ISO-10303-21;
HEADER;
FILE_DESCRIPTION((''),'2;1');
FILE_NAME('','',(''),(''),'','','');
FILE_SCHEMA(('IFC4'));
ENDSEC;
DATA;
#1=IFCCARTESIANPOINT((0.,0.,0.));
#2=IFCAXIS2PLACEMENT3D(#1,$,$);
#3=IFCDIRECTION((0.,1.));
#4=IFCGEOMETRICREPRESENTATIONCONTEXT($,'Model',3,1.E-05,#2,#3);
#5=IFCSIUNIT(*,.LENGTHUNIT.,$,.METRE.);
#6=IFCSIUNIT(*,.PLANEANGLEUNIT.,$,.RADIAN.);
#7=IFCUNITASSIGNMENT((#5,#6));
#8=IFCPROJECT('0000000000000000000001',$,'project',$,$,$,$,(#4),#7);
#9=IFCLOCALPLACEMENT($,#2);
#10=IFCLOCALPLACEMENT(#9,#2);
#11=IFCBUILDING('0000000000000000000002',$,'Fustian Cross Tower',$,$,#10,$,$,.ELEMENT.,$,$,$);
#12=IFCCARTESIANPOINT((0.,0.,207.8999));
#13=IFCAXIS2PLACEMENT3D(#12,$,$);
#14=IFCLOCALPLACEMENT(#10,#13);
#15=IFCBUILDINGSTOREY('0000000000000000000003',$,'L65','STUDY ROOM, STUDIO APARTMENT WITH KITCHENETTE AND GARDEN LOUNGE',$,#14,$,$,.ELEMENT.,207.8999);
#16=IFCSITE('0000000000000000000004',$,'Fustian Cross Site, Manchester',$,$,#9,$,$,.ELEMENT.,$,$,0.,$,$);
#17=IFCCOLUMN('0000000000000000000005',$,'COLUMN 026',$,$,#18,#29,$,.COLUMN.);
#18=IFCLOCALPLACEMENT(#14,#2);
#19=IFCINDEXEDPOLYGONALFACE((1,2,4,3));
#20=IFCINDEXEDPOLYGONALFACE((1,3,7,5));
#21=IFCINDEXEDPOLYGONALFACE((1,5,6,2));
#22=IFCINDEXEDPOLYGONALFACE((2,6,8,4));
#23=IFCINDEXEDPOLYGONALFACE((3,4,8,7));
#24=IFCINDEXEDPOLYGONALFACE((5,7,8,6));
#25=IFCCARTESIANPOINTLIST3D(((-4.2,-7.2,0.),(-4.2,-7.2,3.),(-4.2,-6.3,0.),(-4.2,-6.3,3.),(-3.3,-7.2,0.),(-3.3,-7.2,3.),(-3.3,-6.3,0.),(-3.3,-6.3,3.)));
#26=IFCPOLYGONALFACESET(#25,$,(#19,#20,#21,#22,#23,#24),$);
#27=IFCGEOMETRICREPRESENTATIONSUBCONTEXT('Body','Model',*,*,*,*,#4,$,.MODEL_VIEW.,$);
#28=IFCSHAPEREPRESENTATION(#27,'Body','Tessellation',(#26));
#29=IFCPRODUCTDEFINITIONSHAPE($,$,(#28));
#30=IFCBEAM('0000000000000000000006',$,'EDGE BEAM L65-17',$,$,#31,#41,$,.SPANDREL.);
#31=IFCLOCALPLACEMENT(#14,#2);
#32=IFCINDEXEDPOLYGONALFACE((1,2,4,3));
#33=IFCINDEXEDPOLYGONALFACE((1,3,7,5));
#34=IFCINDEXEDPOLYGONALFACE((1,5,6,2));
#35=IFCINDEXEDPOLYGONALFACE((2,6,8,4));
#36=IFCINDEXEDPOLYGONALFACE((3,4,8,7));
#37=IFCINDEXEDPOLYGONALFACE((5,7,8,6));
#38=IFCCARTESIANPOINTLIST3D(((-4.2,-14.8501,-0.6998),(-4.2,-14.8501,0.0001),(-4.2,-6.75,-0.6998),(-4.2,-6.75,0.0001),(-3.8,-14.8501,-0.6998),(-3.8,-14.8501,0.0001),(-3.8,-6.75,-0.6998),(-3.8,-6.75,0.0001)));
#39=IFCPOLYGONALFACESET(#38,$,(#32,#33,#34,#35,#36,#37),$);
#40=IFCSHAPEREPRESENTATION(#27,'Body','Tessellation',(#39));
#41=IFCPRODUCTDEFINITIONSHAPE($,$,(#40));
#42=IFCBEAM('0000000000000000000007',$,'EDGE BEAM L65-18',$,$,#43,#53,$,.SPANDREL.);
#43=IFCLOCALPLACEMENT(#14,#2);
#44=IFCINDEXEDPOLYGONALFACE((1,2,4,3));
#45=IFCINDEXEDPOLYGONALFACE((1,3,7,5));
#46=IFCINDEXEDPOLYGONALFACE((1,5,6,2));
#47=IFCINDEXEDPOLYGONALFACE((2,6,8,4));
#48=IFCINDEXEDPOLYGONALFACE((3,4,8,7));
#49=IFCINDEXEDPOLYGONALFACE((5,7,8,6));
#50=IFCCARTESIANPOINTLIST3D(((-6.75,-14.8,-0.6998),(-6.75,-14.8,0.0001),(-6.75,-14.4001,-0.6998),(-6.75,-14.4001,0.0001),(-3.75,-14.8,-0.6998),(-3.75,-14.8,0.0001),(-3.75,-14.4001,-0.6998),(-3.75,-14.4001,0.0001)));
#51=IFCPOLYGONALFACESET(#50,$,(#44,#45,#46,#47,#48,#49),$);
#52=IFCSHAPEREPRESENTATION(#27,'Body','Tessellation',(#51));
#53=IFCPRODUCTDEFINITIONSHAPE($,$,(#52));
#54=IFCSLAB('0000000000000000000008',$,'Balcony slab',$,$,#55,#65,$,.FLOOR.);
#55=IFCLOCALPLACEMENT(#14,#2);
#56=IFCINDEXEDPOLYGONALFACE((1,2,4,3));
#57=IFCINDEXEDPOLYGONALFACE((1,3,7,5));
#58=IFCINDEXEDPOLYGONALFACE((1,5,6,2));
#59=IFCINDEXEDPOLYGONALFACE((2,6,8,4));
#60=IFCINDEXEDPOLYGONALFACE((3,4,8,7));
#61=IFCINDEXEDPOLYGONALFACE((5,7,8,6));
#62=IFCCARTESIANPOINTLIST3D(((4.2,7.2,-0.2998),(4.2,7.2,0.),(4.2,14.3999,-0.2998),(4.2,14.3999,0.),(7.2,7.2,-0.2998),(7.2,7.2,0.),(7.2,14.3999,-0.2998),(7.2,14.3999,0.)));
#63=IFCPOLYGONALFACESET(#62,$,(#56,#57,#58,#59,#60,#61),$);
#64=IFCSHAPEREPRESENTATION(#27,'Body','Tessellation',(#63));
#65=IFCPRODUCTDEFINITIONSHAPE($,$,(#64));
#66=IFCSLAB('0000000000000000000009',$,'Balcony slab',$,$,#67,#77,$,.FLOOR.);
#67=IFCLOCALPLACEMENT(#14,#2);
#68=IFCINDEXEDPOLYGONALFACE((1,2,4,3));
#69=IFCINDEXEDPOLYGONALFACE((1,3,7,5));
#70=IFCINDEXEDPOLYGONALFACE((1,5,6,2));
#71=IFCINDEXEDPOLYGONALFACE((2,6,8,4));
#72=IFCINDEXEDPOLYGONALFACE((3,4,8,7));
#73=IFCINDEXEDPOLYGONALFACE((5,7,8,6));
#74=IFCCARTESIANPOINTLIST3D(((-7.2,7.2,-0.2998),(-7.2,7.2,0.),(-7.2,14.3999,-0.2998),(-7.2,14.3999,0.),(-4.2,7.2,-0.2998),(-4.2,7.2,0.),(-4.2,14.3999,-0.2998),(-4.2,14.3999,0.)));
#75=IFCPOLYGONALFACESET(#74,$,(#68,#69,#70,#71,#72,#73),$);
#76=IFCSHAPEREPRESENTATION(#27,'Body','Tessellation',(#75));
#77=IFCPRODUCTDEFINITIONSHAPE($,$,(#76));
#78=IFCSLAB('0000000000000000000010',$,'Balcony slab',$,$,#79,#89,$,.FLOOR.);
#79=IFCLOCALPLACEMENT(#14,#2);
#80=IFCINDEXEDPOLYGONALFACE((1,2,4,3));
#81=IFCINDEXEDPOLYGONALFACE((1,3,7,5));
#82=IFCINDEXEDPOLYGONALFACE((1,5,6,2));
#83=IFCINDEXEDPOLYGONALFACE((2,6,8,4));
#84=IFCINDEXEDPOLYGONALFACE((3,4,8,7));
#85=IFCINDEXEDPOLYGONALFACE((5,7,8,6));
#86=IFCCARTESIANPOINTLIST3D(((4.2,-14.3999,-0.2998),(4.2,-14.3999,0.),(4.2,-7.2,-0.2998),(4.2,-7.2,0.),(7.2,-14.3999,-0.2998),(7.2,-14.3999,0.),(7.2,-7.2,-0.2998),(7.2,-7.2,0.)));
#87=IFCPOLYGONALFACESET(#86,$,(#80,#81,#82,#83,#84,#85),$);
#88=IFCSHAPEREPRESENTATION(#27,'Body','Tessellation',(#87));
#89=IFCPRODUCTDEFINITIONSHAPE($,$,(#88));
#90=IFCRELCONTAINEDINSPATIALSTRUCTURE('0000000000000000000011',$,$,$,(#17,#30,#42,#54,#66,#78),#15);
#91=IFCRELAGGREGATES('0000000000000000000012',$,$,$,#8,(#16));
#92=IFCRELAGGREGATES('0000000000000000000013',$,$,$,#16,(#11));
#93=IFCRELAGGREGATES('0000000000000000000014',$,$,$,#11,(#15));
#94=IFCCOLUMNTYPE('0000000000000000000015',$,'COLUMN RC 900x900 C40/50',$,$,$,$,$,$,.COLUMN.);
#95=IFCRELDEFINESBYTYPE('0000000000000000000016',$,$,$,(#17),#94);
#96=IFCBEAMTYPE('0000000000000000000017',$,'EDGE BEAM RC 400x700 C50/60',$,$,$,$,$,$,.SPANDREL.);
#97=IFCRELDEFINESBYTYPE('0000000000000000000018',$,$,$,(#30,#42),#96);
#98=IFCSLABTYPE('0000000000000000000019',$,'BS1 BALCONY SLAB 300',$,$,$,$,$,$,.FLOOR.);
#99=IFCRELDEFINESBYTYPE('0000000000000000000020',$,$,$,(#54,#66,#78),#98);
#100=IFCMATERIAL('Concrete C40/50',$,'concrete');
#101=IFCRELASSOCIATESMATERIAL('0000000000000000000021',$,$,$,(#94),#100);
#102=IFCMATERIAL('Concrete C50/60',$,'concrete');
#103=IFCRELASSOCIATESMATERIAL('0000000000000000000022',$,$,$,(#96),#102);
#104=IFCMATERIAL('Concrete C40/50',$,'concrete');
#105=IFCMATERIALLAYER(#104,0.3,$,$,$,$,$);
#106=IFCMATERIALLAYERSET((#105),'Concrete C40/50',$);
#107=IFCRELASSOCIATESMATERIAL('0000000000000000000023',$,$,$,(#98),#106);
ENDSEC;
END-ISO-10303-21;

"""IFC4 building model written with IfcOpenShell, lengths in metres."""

from ifc_helpers import new_model, si_unit, direction, frame, origin, origin_2d, place, context, subcontext, project, spatial, polyline, rectangle, outline, extrude, material, layer, layer_set, material_profile, profile_set, type_object, element, save


model = new_model("IFC4")

# Units and contexts
model_context = context("Model", 3, precision=1e-05, world=origin(), true_north=direction((0.0, 1.0)))
body_context = subcontext(model_context, "Body", "Model", "MODEL_VIEW")
ifc_project = project(units=[si_unit("LENGTHUNIT", "METRE"), si_unit("PLANEANGLEUNIT", "RADIAN")], contexts=[model_context])

# Site, building, storey
site_placement = place(None, origin())
site = spatial("IfcSite", under=ifc_project, at=site_placement, Name="Fustian Cross Site, Manchester", CompositionType="ELEMENT", RefElevation=0.0)
building_placement = place(site_placement, origin())
building = spatial("IfcBuilding", under=site, at=building_placement, Name="Fustian Cross Tower", CompositionType="ELEMENT")
storey_placement = place(building_placement, frame((0.0, 0.0, 207.8999)))
storey = spatial("IfcBuildingStorey", under=building, at=storey_placement, Name="L65", Description="STUDY ROOM, STUDIO APARTMENT WITH KITCHENETTE AND GARDEN LOUNGE", CompositionType="ELEMENT", Elevation=207.8999)

# Column
ifc_material_1 = material(Name="Concrete C40/50", Category="concrete")
ifc_material_profile_1 = material_profile(ifc_material_1, rectangle(XDim=0.8999, YDim=0.8999, at=origin_2d()), Name="RC 900x900")
ifc_profile_set_1 = profile_set([ifc_material_profile_1], Name="Concrete C40/50")
column_type = type_object("IfcColumnType", Name="COLUMN RC 900x900 C40/50", PredefinedType="COLUMN", material=ifc_profile_set_1)
column_placement = place(storey_placement, frame((-3.75, -6.75, 0.0), z_axis=(0.0, 0.0, 1.0), x_axis=(1.0, 0.0, 0.0)))
element("IfcColumn", 1, at=column_placement, inside=storey, type_object=column_type, Name="COLUMN 026", PredefinedType="COLUMN", context=body_context, shape_type="SweptSolid", body=[
    extrude(rectangle(XDim=0.8999, YDim=0.8999, at=origin_2d()), origin(), (0.0, 0.0, 1.0), 3.0),
])

# Beams
ifc_material_2 = material(Name="Concrete C50/60", Category="concrete")
ifc_material_profile_2 = material_profile(ifc_material_2, rectangle(XDim=0.3999, YDim=0.7, at=origin_2d()), Name="RC 400x700")
ifc_profile_set_2 = profile_set([ifc_material_profile_2], Name="Concrete C50/60")
beam_type = type_object("IfcBeamType", Name="EDGE BEAM RC 400x700 C50/60", PredefinedType="SPANDREL", material=ifc_profile_set_2)
beam_1_placement = place(storey_placement, frame((-4.0, -6.75, -0.3499), z_axis=(0.0, -1.0, 0.0), x_axis=(1.0, 0.0, 0.0)))
element("IfcBeam", 2, at=beam_1_placement, inside=storey, type_object=beam_type, Name="EDGE BEAM L65-17", PredefinedType="SPANDREL", context=body_context, shape_type="SweptSolid", body=[
    extrude(rectangle(XDim=0.3999, YDim=0.7, at=origin_2d()), origin(), (0.0, 0.0, 1.0), 8.1001),
])
beam_2_placement = place(storey_placement, frame((-3.75, -14.6001, -0.3499), z_axis=(-1.0, 0.0, 0.0), x_axis=(0.0, -1.0, 0.0)))
element("IfcBeam", 3, at=beam_2_placement, inside=storey, type_object=beam_type, Name="EDGE BEAM L65-18", PredefinedType="SPANDREL", context=body_context, shape_type="SweptSolid", body=[
    extrude(rectangle(XDim=0.3999, YDim=0.7, at=origin_2d()), origin(), (0.0, 0.0, 1.0), 3.0),
])

# Slabs
ifc_material_3 = material(Name="Concrete C40/50", Category="concrete")
ifc_layer_1 = layer(ifc_material_3, 0.3)
ifc_layer_set_1 = layer_set([ifc_layer_1], Name="Concrete C40/50")
slab_type_1 = type_object("IfcSlabType", Name="BS1 BALCONY SLAB 300", PredefinedType="FLOOR", material=ifc_layer_set_1)
slab_1_placement = place(storey_placement, frame((0.0, 0.0, -0.2998)))
element("IfcSlab", 4, at=slab_1_placement, inside=storey, type_object=slab_type_1, Name="Balcony slab", PredefinedType="FLOOR", context=body_context, shape_type="SweptSolid", body=[
    extrude(outline(polyline([(4.2, 7.2), (7.2, 7.2), (7.2, 14.3999), (4.2, 14.3999), (4.2, 7.2)])), origin(), (0.0, 0.0, 1.0), 0.2998),
])
slab_2_placement = place(storey_placement, frame((0.0, 0.0, -0.2998)))
element("IfcSlab", 5, at=slab_2_placement, inside=storey, type_object=slab_type_1, Name="Balcony slab", PredefinedType="FLOOR", context=body_context, shape_type="SweptSolid", body=[
    extrude(outline(polyline([(-7.2, 7.2), (-4.2, 7.2), (-4.2, 14.3999), (-7.2, 14.3999), (-7.2, 7.2)])), origin(), (0.0, 0.0, 1.0), 0.2998),
])
slab_3_placement = place(storey_placement, frame((0.0, 0.0, -0.2998)))
element("IfcSlab", 6, at=slab_3_placement, inside=storey, type_object=slab_type_1, Name="Balcony slab", PredefinedType="FLOOR", context=body_context, shape_type="SweptSolid", body=[
    extrude(outline(polyline([(4.2, -14.3999), (7.2, -14.3999), (7.2, -7.2), (4.2, -7.2), (4.2, -14.3999)])), origin(), (0.0, 0.0, 1.0), 0.2998),
])

save(model, "model.ifc")
